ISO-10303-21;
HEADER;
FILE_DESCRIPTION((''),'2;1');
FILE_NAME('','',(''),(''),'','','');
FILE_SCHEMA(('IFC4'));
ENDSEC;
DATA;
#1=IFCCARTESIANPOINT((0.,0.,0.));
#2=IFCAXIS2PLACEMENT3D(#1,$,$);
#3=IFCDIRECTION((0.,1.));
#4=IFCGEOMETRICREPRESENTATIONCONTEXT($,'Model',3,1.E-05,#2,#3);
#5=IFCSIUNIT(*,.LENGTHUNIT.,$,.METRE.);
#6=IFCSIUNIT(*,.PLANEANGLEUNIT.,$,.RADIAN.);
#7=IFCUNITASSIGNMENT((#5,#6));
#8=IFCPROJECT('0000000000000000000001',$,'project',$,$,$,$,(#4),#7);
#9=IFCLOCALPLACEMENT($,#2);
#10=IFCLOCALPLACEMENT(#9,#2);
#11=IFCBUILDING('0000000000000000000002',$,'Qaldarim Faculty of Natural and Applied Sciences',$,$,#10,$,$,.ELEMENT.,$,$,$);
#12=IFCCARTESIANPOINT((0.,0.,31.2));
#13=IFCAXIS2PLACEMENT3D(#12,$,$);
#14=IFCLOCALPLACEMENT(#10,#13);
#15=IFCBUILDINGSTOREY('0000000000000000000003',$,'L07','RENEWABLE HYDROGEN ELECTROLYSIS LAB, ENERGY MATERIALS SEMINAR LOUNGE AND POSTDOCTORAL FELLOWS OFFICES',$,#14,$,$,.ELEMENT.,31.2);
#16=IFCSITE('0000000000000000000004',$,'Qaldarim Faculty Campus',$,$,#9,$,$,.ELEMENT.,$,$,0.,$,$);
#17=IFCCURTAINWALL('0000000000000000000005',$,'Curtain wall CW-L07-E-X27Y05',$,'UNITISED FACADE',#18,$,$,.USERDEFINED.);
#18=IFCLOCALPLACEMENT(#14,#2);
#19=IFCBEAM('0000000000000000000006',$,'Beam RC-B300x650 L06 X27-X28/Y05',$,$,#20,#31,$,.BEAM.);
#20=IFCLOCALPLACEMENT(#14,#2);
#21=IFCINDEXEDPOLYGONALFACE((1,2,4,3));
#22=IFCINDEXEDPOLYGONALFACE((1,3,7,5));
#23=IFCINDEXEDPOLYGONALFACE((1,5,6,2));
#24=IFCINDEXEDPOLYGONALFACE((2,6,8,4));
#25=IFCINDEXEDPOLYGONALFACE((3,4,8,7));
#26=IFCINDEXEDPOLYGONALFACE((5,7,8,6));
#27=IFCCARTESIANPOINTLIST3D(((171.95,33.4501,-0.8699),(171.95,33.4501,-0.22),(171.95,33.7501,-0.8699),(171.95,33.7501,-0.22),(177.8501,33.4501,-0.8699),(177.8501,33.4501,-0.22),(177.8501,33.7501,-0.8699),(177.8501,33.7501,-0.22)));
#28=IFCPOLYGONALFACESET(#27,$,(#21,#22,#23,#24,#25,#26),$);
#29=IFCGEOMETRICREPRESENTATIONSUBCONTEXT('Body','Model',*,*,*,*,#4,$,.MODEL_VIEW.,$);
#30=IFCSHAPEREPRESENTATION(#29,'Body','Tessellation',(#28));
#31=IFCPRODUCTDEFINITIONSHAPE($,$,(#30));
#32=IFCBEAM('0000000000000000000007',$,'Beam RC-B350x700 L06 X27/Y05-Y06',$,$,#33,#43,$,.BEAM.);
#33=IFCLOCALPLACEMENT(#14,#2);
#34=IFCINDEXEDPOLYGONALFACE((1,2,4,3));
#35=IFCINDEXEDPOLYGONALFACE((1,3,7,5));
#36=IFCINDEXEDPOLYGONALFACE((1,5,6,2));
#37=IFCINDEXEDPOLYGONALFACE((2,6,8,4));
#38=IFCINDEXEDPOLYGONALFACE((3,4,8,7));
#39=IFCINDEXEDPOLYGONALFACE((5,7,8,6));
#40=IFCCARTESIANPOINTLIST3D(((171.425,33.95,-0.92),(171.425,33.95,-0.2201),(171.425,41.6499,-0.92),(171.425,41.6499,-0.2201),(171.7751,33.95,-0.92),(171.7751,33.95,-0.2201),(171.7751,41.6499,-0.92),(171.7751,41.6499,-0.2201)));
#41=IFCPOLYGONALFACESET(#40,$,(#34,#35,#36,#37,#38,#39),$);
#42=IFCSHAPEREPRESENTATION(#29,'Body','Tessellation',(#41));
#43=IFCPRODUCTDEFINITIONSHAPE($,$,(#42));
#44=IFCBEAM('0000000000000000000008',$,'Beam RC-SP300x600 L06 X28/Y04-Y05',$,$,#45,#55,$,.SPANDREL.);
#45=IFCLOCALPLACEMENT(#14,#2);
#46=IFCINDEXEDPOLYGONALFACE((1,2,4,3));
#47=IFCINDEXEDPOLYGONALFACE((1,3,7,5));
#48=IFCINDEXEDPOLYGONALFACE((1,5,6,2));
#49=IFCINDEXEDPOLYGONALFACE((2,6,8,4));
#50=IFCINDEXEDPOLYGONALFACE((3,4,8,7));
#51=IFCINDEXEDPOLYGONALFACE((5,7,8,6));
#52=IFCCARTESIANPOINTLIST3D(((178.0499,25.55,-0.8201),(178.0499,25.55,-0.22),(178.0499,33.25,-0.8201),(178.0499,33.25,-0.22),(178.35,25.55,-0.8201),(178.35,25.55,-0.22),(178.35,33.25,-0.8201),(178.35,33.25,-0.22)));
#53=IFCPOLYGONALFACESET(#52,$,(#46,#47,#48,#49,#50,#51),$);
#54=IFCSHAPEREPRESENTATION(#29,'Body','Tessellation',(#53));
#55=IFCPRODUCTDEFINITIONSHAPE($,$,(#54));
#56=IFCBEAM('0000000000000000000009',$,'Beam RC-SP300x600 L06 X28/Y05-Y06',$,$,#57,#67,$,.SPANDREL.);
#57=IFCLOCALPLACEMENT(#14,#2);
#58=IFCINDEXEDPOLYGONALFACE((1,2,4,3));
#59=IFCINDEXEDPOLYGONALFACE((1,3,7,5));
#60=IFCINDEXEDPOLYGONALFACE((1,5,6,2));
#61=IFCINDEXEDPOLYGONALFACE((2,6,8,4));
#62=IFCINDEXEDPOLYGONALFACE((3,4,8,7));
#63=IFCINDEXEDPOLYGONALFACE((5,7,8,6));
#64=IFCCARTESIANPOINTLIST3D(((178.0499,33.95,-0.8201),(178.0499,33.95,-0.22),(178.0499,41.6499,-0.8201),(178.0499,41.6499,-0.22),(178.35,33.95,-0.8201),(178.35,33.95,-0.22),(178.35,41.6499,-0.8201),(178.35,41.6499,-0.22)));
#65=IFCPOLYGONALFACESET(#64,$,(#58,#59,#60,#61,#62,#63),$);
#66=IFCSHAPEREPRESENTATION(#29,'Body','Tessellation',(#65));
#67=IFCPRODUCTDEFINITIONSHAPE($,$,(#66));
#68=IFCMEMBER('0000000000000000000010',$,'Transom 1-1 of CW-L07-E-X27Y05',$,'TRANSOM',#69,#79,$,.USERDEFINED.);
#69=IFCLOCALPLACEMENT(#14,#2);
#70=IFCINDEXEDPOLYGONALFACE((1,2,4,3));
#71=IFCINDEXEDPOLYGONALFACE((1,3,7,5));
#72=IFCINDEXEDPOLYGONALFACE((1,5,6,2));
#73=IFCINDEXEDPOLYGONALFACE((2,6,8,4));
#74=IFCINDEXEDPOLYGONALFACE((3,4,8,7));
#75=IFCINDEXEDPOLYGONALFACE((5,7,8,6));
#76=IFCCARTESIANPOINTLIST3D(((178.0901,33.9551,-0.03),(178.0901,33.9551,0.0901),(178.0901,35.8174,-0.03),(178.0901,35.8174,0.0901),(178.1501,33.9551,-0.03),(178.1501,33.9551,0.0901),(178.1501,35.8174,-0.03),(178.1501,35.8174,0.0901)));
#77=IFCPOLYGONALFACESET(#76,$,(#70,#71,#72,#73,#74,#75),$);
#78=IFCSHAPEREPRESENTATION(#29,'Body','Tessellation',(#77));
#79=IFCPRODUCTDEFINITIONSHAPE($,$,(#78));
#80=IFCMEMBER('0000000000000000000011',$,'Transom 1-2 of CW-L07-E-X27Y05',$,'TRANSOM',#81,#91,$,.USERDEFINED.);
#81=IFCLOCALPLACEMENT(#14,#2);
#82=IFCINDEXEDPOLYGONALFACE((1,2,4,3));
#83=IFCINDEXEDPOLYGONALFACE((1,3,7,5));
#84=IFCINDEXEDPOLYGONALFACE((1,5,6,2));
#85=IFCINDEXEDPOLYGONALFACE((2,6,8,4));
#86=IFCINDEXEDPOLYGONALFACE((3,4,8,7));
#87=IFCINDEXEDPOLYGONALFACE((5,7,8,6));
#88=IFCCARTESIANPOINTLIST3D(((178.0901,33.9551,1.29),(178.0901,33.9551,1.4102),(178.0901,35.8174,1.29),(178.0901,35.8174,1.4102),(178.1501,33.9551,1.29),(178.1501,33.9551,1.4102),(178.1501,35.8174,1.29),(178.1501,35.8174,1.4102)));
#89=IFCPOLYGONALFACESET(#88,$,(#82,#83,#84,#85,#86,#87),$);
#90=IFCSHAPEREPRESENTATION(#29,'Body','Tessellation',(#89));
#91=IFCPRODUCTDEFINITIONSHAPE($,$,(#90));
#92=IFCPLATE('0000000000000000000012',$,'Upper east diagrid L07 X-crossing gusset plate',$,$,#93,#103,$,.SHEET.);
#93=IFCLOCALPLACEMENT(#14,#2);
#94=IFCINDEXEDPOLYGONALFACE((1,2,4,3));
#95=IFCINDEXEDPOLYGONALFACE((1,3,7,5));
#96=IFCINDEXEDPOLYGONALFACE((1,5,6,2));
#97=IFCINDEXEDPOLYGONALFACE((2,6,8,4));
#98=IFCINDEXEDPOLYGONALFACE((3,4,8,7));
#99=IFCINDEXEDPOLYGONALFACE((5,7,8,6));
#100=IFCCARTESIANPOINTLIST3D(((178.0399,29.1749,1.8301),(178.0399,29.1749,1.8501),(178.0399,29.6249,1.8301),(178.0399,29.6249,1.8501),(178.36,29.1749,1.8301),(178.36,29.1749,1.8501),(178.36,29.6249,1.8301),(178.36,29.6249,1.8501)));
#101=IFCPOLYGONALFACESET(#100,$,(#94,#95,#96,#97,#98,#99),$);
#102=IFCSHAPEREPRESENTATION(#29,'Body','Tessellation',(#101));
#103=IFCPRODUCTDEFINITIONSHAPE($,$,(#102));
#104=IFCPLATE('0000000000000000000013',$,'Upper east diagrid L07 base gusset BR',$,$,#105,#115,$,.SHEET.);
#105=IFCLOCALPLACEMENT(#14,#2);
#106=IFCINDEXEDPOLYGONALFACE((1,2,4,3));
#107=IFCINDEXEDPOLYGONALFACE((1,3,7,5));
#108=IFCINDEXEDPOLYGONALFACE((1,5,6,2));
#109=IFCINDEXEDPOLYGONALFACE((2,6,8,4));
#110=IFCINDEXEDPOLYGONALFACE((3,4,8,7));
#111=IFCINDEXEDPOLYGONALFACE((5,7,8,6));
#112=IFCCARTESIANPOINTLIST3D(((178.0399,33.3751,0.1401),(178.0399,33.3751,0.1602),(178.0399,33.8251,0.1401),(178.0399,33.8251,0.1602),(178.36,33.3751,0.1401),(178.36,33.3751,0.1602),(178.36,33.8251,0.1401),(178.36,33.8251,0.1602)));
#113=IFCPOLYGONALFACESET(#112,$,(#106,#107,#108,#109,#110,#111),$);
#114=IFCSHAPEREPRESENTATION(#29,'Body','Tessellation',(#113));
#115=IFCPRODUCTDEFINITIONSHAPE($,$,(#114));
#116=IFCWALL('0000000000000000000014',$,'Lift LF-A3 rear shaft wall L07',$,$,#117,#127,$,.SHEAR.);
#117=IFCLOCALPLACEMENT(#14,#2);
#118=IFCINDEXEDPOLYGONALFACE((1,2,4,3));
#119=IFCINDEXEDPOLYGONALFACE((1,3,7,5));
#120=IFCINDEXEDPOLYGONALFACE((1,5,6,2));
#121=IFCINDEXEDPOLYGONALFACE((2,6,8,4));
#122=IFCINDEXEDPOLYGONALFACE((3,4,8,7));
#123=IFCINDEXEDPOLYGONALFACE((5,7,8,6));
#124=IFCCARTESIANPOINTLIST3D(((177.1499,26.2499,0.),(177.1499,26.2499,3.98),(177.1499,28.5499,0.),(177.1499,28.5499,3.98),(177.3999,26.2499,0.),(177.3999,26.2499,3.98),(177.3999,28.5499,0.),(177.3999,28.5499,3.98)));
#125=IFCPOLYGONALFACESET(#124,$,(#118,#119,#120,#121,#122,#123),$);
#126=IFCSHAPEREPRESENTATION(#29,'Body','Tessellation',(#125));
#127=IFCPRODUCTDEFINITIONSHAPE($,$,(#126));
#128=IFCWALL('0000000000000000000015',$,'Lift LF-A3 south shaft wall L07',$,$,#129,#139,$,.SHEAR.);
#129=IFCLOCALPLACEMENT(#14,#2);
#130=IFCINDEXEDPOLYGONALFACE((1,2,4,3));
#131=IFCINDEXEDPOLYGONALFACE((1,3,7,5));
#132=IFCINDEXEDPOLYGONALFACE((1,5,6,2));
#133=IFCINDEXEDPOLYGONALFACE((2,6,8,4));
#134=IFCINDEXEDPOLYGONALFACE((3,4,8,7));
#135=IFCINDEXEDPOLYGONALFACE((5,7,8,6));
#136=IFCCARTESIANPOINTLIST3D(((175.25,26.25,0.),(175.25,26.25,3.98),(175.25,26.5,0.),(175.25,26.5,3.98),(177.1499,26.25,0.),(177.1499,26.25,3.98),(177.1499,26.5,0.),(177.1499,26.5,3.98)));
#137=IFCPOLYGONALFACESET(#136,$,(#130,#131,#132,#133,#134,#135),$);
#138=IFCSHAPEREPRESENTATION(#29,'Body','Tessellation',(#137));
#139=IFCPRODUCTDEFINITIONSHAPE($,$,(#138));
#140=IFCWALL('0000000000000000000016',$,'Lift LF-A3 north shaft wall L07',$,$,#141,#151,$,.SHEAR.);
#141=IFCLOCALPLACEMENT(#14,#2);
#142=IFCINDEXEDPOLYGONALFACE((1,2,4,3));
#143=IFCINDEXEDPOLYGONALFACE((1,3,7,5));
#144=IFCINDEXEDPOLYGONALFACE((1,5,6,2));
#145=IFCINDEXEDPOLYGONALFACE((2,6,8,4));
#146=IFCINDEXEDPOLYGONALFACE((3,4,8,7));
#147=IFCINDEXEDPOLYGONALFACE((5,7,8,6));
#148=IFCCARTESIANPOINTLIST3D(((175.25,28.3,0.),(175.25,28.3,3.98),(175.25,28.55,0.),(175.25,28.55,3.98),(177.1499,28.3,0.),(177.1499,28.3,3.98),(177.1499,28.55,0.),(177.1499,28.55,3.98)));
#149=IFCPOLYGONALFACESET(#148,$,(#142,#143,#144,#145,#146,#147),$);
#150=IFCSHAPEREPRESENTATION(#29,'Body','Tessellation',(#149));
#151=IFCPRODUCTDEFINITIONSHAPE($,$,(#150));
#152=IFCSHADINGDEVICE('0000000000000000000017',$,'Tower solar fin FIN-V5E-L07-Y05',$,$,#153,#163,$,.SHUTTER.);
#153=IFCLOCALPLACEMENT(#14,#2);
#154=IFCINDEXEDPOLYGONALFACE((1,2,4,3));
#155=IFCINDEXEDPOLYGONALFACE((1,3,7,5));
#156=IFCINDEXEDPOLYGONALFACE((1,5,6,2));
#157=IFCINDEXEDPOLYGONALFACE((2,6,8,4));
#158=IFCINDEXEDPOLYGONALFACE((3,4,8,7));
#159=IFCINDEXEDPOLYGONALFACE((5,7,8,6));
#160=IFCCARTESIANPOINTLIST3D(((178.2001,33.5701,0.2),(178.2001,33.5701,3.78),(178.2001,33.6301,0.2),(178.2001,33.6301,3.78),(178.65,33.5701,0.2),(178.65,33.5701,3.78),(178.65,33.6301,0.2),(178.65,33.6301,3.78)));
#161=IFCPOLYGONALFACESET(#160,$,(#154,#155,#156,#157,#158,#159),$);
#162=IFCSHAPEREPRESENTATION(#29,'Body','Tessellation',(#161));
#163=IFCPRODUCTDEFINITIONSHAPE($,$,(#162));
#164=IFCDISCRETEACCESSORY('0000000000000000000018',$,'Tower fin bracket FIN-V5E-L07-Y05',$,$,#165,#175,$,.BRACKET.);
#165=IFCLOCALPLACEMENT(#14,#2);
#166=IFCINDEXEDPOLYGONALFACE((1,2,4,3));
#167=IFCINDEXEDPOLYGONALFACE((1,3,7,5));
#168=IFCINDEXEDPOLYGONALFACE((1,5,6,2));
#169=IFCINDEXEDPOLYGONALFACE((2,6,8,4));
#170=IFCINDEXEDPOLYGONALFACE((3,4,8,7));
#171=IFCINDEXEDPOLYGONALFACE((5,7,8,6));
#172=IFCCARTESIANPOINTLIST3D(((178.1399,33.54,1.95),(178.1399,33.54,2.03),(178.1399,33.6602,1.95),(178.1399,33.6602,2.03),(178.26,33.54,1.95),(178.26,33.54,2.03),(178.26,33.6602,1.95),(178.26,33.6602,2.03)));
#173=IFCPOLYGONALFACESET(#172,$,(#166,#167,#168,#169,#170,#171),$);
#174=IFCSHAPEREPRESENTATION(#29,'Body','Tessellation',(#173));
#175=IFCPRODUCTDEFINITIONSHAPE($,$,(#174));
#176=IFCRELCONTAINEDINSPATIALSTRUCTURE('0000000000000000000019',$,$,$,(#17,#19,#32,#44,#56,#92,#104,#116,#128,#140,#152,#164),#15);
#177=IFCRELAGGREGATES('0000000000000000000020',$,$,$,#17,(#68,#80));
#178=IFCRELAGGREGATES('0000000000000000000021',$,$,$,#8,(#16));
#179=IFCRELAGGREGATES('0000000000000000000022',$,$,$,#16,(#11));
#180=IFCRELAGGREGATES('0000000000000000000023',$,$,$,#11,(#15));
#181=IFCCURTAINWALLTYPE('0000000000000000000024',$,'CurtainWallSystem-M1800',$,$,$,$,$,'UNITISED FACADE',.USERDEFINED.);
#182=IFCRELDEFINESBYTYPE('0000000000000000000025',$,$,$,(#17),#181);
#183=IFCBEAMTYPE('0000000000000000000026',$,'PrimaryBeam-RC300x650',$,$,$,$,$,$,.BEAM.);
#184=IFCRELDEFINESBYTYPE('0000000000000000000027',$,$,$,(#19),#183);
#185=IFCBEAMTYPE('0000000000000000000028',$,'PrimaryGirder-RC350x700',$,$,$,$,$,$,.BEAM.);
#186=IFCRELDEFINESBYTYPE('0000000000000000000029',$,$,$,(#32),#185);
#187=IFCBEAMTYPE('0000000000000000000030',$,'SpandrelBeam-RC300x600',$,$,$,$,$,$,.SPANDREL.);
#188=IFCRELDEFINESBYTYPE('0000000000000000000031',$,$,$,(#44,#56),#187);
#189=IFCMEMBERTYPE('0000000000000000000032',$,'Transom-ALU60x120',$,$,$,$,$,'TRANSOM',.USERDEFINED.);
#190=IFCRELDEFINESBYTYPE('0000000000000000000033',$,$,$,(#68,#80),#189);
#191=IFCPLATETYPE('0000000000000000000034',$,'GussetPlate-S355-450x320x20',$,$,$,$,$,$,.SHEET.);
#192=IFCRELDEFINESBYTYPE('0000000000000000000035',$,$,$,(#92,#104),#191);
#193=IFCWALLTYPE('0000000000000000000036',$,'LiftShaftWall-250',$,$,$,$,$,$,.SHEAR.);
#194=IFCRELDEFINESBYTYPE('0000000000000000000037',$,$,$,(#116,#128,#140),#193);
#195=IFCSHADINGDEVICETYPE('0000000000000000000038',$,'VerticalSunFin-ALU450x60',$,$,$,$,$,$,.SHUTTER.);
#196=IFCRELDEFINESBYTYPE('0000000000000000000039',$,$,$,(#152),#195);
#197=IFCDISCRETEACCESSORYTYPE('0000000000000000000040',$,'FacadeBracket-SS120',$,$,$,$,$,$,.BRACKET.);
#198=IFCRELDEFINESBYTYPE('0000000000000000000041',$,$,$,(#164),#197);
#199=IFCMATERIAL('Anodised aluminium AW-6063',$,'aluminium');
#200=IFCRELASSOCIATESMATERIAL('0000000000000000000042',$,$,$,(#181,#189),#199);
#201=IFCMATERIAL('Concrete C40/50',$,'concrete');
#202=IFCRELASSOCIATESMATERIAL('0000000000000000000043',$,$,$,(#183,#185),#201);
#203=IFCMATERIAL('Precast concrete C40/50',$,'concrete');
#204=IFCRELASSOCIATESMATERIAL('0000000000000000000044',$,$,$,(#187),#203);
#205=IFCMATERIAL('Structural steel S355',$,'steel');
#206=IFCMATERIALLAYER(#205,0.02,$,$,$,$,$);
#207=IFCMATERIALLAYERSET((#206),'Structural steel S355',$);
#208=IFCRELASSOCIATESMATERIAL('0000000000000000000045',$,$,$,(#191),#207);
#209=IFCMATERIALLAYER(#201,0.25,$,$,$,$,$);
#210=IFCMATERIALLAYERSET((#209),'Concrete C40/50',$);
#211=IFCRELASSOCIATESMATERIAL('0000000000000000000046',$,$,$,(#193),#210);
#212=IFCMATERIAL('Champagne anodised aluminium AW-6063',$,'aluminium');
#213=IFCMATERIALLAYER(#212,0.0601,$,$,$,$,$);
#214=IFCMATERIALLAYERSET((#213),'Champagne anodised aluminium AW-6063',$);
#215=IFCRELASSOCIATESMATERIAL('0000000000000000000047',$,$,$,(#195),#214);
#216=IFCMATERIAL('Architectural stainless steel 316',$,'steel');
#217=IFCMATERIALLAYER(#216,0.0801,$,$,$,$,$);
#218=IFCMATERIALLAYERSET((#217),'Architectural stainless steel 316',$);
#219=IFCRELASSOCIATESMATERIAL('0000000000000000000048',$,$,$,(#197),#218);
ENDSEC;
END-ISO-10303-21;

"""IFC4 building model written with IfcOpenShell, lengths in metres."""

from ifc_helpers import new_model, si_unit, direction, frame, frame_2d, origin, origin_2d, place, context, subcontext, project, spatial, rectangle, extrude, material, layer, layer_set, material_profile, profile_set, type_object, element, aggregate, save


model = new_model("IFC4")

# Units and contexts
model_context = context("Model", 3, precision=1e-05, world=origin(), true_north=direction((0.0, 1.0)))
body_context = subcontext(model_context, "Body", "Model", "MODEL_VIEW")
ifc_project = project(units=[si_unit("LENGTHUNIT", "METRE"), si_unit("PLANEANGLEUNIT", "RADIAN")], contexts=[model_context])

# Site, building, storey
site_placement = place(None, origin())
site = spatial("IfcSite", under=ifc_project, at=site_placement, Name="Qaldarim Faculty Campus", CompositionType="ELEMENT", RefElevation=0.0)
building_placement = place(site_placement, origin())
building = spatial("IfcBuilding", under=site, at=building_placement, Name="Qaldarim Faculty of Natural and Applied Sciences", CompositionType="ELEMENT")
storey_placement = place(building_placement, frame((0.0, 0.0, 31.2)))
storey = spatial("IfcBuildingStorey", under=building, at=storey_placement, Name="L07", Description="RENEWABLE HYDROGEN ELECTROLYSIS LAB, ENERGY MATERIALS SEMINAR LOUNGE AND POSTDOCTORAL FELLOWS OFFICES", CompositionType="ELEMENT", Elevation=31.2)

# Shared definitions
ifc_material_1 = material(Name="Concrete C40/50", Category="concrete")

# Curtain wall
ifc_material_2 = material(Name="Anodised aluminium AW-6063", Category="aluminium")
curtain_wall_type = type_object("IfcCurtainWallType", Name="CurtainWallSystem-M1800", ElementType="UNITISED FACADE", PredefinedType="USERDEFINED", material=ifc_material_2)
curtain_wall_placement = place(storey_placement, origin())
curtain_wall = element("IfcCurtainWall", 1, at=curtain_wall_placement, inside=storey, type_object=curtain_wall_type, Name="Curtain wall CW-L07-E-X27Y05", ObjectType="UNITISED FACADE", PredefinedType="USERDEFINED")

# Shared definitions
ifc_material_3 = material(Name="Structural steel S355", Category="steel")

# Beams
ifc_material_profile_1 = material_profile(ifc_material_1, rectangle(XDim=0.3, YDim=0.6499, at=origin_2d()), Name="RC-B300x650")
ifc_profile_set_1 = profile_set([ifc_material_profile_1], Name="Concrete C40/50")
beam_type_1 = type_object("IfcBeamType", Name="PrimaryBeam-RC300x650", PredefinedType="BEAM", material=ifc_profile_set_1)
beam_1_placement = place(storey_placement, frame((171.95, 33.6001, -0.5449), z_axis=(1.0, 0.0, 0.0), x_axis=(0.0, 1.0, 0.0)))
element("IfcBeam", 2, at=beam_1_placement, inside=storey, type_object=beam_type_1, Name="Beam RC-B300x650 L06 X27-X28/Y05", PredefinedType="BEAM", context=body_context, shape_type="SweptSolid", body=[
    extrude(rectangle(XDim=0.3, YDim=0.6499, at=origin_2d()), origin(), (0.0, 0.0, 1.0), 5.9001),
])
ifc_material_profile_2 = material_profile(ifc_material_1, rectangle(XDim=0.3501, YDim=0.7, at=origin_2d()), Name="RC-B350x700")
ifc_profile_set_2 = profile_set([ifc_material_profile_2], Name="Concrete C40/50")
beam_type_2 = type_object("IfcBeamType", Name="PrimaryGirder-RC350x700", PredefinedType="BEAM", material=ifc_profile_set_2)
beam_2_placement = place(storey_placement, frame((171.6001, 33.95, -0.5701), z_axis=(0.0, 1.0, 0.0), x_axis=(-1.0, 0.0, 0.0)))
element("IfcBeam", 3, at=beam_2_placement, inside=storey, type_object=beam_type_2, Name="Beam RC-B350x700 L06 X27/Y05-Y06", PredefinedType="BEAM", context=body_context, shape_type="SweptSolid", body=[
    extrude(rectangle(XDim=0.3501, YDim=0.7, at=origin_2d()), origin(), (0.0, 0.0, 1.0), 7.7),
])
ifc_material_4 = material(Name="Precast concrete C40/50", Category="concrete")
ifc_material_profile_3 = material_profile(ifc_material_4, rectangle(XDim=0.3, YDim=0.6001, at=origin_2d()), Name="RC-SP300x600")
ifc_profile_set_3 = profile_set([ifc_material_profile_3], Name="Precast concrete C40/50")
beam_type_3 = type_object("IfcBeamType", Name="SpandrelBeam-RC300x600", PredefinedType="SPANDREL", material=ifc_profile_set_3)
for number, where, z_axis, x_axis, name in (
    (4, (178.2, 25.55, -0.52), (0.0, 1.0, 0.0), (-1.0, 0.0, 0.0), "Beam RC-SP300x600 L06 X28/Y04-Y05"),
    (5, (178.2, 33.95, -0.52), (0.0, 1.0, 0.0), (-1.0, 0.0, 0.0), "Beam RC-SP300x600 L06 X28/Y05-Y06"),
):
    element("IfcBeam", number, at=place(storey_placement, frame(where, z_axis=z_axis, x_axis=x_axis)), inside=storey, type_object=beam_type_3, Name=name, PredefinedType="SPANDREL", context=body_context, shape_type="SweptSolid", body=[
        extrude(rectangle(XDim=0.3, YDim=0.6001, at=origin_2d()), origin(), (0.0, 0.0, 1.0), 7.7),
    ])

# Members
ifc_material_profile_4 = material_profile(ifc_material_2, rectangle(XDim=0.0601, YDim=0.1201, at=origin_2d()), Name="ALU-T60x120")
ifc_profile_set_4 = profile_set([ifc_material_profile_4], Name="Anodised aluminium AW-6063")
member_type_1 = type_object("IfcMemberType", Name="Transom-ALU60x120", ElementType="TRANSOM", PredefinedType="USERDEFINED", material=ifc_profile_set_4)
member_1_placement = place(storey_placement, frame((178.1201, 33.9551, 0.03), z_axis=(0.0, 1.0, 0.0), x_axis=(-1.0, 0.0, 0.0)))
member_1 = element("IfcMember", 6, at=member_1_placement, type_object=member_type_1, Name="Transom 1-1 of CW-L07-E-X27Y05", ObjectType="TRANSOM", PredefinedType="USERDEFINED", context=body_context, shape_type="SweptSolid", body=[
    extrude(rectangle(XDim=0.0601, YDim=0.1201, at=origin_2d()), origin(), (0.0, 0.0, 1.0), 1.8623),
])
member_2_placement = place(storey_placement, frame((178.1201, 33.9551, 1.3501), z_axis=(0.0, 1.0, 0.0), x_axis=(-1.0, 0.0, 0.0)))
member_2 = element("IfcMember", 7, at=member_2_placement, type_object=member_type_1, Name="Transom 1-2 of CW-L07-E-X27Y05", ObjectType="TRANSOM", PredefinedType="USERDEFINED", context=body_context, shape_type="SweptSolid", body=[
    extrude(rectangle(XDim=0.0601, YDim=0.1201, at=origin_2d()), origin(), (0.0, 0.0, 1.0), 1.8623),
])
aggregate(curtain_wall, [member_1, member_2])

# Plates
ifc_layer_1 = layer(ifc_material_3, 0.02)
ifc_layer_set_1 = layer_set([ifc_layer_1], Name="Structural steel S355")
plate_type = type_object("IfcPlateType", Name="GussetPlate-S355-450x320x20", PredefinedType="SHEET", material=ifc_layer_set_1)
for number, where, z_axis, x_axis, name in (
    (8, (178.2, 29.3999, 1.8301), (0.0, 0.0, 1.0), (0.0, 1.0, 0.0), "Upper east diagrid L07 X-crossing gusset plate"),
    (9, (178.2, 33.6001, 0.1401), (0.0, 0.0, 1.0), (0.0, 1.0, 0.0), "Upper east diagrid L07 base gusset BR"),
):
    element("IfcPlate", number, at=place(storey_placement, frame(where, z_axis=z_axis, x_axis=x_axis)), inside=storey, type_object=plate_type, Name=name, PredefinedType="SHEET", context=body_context, shape_type="SweptSolid", body=[
        extrude(rectangle(XDim=0.45, YDim=0.3201, at=origin_2d()), origin(), (0.0, 0.0, 1.0), 0.02),
    ])

# Shared definitions
ifc_layer_2 = layer(ifc_material_1, 0.25)
ifc_layer_set_2 = layer_set([ifc_layer_2], Name="Concrete C40/50")
wall_type = type_object("IfcWallType", Name="LiftShaftWall-250", PredefinedType="SHEAR", material=ifc_layer_set_2)
ifc_material_5 = material(Name="Architectural stainless steel 316", Category="steel")

# Walls
wall_1_placement = place(storey_placement, frame((177.2749, 26.25, 0.0), z_axis=(0.0, 0.0, 1.0), x_axis=(0.0, 1.0, 0.0)))
element("IfcWall", 10, at=wall_1_placement, inside=storey, type_object=wall_type, Name="Lift LF-A3 rear shaft wall L07", PredefinedType="SHEAR", context=body_context, shape_type="SweptSolid", body=[
    extrude(rectangle(XDim=2.3, YDim=0.25, at=frame_2d((1.1499, 0.0))), origin(), (0.0, 0.0, 1.0), 3.98),
])
for number, where, z_axis, x_axis, name in (
    (11, (175.25, 26.375, 0.0), (0.0, 0.0, 1.0), (1.0, 0.0, 0.0), "Lift LF-A3 south shaft wall L07"),
    (12, (175.25, 28.425, 0.0), (0.0, 0.0, 1.0), (1.0, 0.0, 0.0), "Lift LF-A3 north shaft wall L07"),
):
    element("IfcWall", number, at=place(storey_placement, frame(where, z_axis=z_axis, x_axis=x_axis)), inside=storey, type_object=wall_type, Name=name, PredefinedType="SHEAR", context=body_context, shape_type="SweptSolid", body=[
        extrude(rectangle(XDim=1.8999, YDim=0.25, at=frame_2d((0.95, 0.0))), origin(), (0.0, 0.0, 1.0), 3.98),
    ])

# Shading device
ifc_material_6 = material(Name="Champagne anodised aluminium AW-6063", Category="aluminium")
ifc_layer_3 = layer(ifc_material_6, 0.0601)
ifc_layer_set_3 = layer_set([ifc_layer_3], Name="Champagne anodised aluminium AW-6063")
shading_device_type = type_object("IfcShadingDeviceType", Name="VerticalSunFin-ALU450x60", PredefinedType="SHUTTER", material=ifc_layer_set_3)
shading_device_placement = place(storey_placement, frame((178.425, 33.6001, 0.2), z_axis=(0.0, 0.0, 1.0), x_axis=(1.0, 0.0, 0.0)))
element("IfcShadingDevice", 13, at=shading_device_placement, inside=storey, type_object=shading_device_type, Name="Tower solar fin FIN-V5E-L07-Y05", PredefinedType="SHUTTER", context=body_context, shape_type="SweptSolid", body=[
    extrude(rectangle(XDim=0.45, YDim=0.0601, at=origin_2d()), origin(), (0.0, 0.0, 1.0), 3.5801),
])

# Discrete accessory
ifc_layer_4 = layer(ifc_material_5, 0.0801)
ifc_layer_set_4 = layer_set([ifc_layer_4], Name="Architectural stainless steel 316")
discrete_accessory_type = type_object("IfcDiscreteAccessoryType", Name="FacadeBracket-SS120", PredefinedType="BRACKET", material=ifc_layer_set_4)
discrete_accessory_placement = place(storey_placement, frame((178.2, 33.6001, 1.95), z_axis=(0.0, 0.0, 1.0), x_axis=(1.0, 0.0, 0.0)))
element("IfcDiscreteAccessory", 14, at=discrete_accessory_placement, inside=storey, type_object=discrete_accessory_type, Name="Tower fin bracket FIN-V5E-L07-Y05", PredefinedType="BRACKET", context=body_context, shape_type="SweptSolid", body=[
    extrude(rectangle(XDim=0.1201, YDim=0.1201, at=origin_2d()), origin(), (0.0, 0.0, 1.0), 0.0801),
])

save(model, "model.ifc")
